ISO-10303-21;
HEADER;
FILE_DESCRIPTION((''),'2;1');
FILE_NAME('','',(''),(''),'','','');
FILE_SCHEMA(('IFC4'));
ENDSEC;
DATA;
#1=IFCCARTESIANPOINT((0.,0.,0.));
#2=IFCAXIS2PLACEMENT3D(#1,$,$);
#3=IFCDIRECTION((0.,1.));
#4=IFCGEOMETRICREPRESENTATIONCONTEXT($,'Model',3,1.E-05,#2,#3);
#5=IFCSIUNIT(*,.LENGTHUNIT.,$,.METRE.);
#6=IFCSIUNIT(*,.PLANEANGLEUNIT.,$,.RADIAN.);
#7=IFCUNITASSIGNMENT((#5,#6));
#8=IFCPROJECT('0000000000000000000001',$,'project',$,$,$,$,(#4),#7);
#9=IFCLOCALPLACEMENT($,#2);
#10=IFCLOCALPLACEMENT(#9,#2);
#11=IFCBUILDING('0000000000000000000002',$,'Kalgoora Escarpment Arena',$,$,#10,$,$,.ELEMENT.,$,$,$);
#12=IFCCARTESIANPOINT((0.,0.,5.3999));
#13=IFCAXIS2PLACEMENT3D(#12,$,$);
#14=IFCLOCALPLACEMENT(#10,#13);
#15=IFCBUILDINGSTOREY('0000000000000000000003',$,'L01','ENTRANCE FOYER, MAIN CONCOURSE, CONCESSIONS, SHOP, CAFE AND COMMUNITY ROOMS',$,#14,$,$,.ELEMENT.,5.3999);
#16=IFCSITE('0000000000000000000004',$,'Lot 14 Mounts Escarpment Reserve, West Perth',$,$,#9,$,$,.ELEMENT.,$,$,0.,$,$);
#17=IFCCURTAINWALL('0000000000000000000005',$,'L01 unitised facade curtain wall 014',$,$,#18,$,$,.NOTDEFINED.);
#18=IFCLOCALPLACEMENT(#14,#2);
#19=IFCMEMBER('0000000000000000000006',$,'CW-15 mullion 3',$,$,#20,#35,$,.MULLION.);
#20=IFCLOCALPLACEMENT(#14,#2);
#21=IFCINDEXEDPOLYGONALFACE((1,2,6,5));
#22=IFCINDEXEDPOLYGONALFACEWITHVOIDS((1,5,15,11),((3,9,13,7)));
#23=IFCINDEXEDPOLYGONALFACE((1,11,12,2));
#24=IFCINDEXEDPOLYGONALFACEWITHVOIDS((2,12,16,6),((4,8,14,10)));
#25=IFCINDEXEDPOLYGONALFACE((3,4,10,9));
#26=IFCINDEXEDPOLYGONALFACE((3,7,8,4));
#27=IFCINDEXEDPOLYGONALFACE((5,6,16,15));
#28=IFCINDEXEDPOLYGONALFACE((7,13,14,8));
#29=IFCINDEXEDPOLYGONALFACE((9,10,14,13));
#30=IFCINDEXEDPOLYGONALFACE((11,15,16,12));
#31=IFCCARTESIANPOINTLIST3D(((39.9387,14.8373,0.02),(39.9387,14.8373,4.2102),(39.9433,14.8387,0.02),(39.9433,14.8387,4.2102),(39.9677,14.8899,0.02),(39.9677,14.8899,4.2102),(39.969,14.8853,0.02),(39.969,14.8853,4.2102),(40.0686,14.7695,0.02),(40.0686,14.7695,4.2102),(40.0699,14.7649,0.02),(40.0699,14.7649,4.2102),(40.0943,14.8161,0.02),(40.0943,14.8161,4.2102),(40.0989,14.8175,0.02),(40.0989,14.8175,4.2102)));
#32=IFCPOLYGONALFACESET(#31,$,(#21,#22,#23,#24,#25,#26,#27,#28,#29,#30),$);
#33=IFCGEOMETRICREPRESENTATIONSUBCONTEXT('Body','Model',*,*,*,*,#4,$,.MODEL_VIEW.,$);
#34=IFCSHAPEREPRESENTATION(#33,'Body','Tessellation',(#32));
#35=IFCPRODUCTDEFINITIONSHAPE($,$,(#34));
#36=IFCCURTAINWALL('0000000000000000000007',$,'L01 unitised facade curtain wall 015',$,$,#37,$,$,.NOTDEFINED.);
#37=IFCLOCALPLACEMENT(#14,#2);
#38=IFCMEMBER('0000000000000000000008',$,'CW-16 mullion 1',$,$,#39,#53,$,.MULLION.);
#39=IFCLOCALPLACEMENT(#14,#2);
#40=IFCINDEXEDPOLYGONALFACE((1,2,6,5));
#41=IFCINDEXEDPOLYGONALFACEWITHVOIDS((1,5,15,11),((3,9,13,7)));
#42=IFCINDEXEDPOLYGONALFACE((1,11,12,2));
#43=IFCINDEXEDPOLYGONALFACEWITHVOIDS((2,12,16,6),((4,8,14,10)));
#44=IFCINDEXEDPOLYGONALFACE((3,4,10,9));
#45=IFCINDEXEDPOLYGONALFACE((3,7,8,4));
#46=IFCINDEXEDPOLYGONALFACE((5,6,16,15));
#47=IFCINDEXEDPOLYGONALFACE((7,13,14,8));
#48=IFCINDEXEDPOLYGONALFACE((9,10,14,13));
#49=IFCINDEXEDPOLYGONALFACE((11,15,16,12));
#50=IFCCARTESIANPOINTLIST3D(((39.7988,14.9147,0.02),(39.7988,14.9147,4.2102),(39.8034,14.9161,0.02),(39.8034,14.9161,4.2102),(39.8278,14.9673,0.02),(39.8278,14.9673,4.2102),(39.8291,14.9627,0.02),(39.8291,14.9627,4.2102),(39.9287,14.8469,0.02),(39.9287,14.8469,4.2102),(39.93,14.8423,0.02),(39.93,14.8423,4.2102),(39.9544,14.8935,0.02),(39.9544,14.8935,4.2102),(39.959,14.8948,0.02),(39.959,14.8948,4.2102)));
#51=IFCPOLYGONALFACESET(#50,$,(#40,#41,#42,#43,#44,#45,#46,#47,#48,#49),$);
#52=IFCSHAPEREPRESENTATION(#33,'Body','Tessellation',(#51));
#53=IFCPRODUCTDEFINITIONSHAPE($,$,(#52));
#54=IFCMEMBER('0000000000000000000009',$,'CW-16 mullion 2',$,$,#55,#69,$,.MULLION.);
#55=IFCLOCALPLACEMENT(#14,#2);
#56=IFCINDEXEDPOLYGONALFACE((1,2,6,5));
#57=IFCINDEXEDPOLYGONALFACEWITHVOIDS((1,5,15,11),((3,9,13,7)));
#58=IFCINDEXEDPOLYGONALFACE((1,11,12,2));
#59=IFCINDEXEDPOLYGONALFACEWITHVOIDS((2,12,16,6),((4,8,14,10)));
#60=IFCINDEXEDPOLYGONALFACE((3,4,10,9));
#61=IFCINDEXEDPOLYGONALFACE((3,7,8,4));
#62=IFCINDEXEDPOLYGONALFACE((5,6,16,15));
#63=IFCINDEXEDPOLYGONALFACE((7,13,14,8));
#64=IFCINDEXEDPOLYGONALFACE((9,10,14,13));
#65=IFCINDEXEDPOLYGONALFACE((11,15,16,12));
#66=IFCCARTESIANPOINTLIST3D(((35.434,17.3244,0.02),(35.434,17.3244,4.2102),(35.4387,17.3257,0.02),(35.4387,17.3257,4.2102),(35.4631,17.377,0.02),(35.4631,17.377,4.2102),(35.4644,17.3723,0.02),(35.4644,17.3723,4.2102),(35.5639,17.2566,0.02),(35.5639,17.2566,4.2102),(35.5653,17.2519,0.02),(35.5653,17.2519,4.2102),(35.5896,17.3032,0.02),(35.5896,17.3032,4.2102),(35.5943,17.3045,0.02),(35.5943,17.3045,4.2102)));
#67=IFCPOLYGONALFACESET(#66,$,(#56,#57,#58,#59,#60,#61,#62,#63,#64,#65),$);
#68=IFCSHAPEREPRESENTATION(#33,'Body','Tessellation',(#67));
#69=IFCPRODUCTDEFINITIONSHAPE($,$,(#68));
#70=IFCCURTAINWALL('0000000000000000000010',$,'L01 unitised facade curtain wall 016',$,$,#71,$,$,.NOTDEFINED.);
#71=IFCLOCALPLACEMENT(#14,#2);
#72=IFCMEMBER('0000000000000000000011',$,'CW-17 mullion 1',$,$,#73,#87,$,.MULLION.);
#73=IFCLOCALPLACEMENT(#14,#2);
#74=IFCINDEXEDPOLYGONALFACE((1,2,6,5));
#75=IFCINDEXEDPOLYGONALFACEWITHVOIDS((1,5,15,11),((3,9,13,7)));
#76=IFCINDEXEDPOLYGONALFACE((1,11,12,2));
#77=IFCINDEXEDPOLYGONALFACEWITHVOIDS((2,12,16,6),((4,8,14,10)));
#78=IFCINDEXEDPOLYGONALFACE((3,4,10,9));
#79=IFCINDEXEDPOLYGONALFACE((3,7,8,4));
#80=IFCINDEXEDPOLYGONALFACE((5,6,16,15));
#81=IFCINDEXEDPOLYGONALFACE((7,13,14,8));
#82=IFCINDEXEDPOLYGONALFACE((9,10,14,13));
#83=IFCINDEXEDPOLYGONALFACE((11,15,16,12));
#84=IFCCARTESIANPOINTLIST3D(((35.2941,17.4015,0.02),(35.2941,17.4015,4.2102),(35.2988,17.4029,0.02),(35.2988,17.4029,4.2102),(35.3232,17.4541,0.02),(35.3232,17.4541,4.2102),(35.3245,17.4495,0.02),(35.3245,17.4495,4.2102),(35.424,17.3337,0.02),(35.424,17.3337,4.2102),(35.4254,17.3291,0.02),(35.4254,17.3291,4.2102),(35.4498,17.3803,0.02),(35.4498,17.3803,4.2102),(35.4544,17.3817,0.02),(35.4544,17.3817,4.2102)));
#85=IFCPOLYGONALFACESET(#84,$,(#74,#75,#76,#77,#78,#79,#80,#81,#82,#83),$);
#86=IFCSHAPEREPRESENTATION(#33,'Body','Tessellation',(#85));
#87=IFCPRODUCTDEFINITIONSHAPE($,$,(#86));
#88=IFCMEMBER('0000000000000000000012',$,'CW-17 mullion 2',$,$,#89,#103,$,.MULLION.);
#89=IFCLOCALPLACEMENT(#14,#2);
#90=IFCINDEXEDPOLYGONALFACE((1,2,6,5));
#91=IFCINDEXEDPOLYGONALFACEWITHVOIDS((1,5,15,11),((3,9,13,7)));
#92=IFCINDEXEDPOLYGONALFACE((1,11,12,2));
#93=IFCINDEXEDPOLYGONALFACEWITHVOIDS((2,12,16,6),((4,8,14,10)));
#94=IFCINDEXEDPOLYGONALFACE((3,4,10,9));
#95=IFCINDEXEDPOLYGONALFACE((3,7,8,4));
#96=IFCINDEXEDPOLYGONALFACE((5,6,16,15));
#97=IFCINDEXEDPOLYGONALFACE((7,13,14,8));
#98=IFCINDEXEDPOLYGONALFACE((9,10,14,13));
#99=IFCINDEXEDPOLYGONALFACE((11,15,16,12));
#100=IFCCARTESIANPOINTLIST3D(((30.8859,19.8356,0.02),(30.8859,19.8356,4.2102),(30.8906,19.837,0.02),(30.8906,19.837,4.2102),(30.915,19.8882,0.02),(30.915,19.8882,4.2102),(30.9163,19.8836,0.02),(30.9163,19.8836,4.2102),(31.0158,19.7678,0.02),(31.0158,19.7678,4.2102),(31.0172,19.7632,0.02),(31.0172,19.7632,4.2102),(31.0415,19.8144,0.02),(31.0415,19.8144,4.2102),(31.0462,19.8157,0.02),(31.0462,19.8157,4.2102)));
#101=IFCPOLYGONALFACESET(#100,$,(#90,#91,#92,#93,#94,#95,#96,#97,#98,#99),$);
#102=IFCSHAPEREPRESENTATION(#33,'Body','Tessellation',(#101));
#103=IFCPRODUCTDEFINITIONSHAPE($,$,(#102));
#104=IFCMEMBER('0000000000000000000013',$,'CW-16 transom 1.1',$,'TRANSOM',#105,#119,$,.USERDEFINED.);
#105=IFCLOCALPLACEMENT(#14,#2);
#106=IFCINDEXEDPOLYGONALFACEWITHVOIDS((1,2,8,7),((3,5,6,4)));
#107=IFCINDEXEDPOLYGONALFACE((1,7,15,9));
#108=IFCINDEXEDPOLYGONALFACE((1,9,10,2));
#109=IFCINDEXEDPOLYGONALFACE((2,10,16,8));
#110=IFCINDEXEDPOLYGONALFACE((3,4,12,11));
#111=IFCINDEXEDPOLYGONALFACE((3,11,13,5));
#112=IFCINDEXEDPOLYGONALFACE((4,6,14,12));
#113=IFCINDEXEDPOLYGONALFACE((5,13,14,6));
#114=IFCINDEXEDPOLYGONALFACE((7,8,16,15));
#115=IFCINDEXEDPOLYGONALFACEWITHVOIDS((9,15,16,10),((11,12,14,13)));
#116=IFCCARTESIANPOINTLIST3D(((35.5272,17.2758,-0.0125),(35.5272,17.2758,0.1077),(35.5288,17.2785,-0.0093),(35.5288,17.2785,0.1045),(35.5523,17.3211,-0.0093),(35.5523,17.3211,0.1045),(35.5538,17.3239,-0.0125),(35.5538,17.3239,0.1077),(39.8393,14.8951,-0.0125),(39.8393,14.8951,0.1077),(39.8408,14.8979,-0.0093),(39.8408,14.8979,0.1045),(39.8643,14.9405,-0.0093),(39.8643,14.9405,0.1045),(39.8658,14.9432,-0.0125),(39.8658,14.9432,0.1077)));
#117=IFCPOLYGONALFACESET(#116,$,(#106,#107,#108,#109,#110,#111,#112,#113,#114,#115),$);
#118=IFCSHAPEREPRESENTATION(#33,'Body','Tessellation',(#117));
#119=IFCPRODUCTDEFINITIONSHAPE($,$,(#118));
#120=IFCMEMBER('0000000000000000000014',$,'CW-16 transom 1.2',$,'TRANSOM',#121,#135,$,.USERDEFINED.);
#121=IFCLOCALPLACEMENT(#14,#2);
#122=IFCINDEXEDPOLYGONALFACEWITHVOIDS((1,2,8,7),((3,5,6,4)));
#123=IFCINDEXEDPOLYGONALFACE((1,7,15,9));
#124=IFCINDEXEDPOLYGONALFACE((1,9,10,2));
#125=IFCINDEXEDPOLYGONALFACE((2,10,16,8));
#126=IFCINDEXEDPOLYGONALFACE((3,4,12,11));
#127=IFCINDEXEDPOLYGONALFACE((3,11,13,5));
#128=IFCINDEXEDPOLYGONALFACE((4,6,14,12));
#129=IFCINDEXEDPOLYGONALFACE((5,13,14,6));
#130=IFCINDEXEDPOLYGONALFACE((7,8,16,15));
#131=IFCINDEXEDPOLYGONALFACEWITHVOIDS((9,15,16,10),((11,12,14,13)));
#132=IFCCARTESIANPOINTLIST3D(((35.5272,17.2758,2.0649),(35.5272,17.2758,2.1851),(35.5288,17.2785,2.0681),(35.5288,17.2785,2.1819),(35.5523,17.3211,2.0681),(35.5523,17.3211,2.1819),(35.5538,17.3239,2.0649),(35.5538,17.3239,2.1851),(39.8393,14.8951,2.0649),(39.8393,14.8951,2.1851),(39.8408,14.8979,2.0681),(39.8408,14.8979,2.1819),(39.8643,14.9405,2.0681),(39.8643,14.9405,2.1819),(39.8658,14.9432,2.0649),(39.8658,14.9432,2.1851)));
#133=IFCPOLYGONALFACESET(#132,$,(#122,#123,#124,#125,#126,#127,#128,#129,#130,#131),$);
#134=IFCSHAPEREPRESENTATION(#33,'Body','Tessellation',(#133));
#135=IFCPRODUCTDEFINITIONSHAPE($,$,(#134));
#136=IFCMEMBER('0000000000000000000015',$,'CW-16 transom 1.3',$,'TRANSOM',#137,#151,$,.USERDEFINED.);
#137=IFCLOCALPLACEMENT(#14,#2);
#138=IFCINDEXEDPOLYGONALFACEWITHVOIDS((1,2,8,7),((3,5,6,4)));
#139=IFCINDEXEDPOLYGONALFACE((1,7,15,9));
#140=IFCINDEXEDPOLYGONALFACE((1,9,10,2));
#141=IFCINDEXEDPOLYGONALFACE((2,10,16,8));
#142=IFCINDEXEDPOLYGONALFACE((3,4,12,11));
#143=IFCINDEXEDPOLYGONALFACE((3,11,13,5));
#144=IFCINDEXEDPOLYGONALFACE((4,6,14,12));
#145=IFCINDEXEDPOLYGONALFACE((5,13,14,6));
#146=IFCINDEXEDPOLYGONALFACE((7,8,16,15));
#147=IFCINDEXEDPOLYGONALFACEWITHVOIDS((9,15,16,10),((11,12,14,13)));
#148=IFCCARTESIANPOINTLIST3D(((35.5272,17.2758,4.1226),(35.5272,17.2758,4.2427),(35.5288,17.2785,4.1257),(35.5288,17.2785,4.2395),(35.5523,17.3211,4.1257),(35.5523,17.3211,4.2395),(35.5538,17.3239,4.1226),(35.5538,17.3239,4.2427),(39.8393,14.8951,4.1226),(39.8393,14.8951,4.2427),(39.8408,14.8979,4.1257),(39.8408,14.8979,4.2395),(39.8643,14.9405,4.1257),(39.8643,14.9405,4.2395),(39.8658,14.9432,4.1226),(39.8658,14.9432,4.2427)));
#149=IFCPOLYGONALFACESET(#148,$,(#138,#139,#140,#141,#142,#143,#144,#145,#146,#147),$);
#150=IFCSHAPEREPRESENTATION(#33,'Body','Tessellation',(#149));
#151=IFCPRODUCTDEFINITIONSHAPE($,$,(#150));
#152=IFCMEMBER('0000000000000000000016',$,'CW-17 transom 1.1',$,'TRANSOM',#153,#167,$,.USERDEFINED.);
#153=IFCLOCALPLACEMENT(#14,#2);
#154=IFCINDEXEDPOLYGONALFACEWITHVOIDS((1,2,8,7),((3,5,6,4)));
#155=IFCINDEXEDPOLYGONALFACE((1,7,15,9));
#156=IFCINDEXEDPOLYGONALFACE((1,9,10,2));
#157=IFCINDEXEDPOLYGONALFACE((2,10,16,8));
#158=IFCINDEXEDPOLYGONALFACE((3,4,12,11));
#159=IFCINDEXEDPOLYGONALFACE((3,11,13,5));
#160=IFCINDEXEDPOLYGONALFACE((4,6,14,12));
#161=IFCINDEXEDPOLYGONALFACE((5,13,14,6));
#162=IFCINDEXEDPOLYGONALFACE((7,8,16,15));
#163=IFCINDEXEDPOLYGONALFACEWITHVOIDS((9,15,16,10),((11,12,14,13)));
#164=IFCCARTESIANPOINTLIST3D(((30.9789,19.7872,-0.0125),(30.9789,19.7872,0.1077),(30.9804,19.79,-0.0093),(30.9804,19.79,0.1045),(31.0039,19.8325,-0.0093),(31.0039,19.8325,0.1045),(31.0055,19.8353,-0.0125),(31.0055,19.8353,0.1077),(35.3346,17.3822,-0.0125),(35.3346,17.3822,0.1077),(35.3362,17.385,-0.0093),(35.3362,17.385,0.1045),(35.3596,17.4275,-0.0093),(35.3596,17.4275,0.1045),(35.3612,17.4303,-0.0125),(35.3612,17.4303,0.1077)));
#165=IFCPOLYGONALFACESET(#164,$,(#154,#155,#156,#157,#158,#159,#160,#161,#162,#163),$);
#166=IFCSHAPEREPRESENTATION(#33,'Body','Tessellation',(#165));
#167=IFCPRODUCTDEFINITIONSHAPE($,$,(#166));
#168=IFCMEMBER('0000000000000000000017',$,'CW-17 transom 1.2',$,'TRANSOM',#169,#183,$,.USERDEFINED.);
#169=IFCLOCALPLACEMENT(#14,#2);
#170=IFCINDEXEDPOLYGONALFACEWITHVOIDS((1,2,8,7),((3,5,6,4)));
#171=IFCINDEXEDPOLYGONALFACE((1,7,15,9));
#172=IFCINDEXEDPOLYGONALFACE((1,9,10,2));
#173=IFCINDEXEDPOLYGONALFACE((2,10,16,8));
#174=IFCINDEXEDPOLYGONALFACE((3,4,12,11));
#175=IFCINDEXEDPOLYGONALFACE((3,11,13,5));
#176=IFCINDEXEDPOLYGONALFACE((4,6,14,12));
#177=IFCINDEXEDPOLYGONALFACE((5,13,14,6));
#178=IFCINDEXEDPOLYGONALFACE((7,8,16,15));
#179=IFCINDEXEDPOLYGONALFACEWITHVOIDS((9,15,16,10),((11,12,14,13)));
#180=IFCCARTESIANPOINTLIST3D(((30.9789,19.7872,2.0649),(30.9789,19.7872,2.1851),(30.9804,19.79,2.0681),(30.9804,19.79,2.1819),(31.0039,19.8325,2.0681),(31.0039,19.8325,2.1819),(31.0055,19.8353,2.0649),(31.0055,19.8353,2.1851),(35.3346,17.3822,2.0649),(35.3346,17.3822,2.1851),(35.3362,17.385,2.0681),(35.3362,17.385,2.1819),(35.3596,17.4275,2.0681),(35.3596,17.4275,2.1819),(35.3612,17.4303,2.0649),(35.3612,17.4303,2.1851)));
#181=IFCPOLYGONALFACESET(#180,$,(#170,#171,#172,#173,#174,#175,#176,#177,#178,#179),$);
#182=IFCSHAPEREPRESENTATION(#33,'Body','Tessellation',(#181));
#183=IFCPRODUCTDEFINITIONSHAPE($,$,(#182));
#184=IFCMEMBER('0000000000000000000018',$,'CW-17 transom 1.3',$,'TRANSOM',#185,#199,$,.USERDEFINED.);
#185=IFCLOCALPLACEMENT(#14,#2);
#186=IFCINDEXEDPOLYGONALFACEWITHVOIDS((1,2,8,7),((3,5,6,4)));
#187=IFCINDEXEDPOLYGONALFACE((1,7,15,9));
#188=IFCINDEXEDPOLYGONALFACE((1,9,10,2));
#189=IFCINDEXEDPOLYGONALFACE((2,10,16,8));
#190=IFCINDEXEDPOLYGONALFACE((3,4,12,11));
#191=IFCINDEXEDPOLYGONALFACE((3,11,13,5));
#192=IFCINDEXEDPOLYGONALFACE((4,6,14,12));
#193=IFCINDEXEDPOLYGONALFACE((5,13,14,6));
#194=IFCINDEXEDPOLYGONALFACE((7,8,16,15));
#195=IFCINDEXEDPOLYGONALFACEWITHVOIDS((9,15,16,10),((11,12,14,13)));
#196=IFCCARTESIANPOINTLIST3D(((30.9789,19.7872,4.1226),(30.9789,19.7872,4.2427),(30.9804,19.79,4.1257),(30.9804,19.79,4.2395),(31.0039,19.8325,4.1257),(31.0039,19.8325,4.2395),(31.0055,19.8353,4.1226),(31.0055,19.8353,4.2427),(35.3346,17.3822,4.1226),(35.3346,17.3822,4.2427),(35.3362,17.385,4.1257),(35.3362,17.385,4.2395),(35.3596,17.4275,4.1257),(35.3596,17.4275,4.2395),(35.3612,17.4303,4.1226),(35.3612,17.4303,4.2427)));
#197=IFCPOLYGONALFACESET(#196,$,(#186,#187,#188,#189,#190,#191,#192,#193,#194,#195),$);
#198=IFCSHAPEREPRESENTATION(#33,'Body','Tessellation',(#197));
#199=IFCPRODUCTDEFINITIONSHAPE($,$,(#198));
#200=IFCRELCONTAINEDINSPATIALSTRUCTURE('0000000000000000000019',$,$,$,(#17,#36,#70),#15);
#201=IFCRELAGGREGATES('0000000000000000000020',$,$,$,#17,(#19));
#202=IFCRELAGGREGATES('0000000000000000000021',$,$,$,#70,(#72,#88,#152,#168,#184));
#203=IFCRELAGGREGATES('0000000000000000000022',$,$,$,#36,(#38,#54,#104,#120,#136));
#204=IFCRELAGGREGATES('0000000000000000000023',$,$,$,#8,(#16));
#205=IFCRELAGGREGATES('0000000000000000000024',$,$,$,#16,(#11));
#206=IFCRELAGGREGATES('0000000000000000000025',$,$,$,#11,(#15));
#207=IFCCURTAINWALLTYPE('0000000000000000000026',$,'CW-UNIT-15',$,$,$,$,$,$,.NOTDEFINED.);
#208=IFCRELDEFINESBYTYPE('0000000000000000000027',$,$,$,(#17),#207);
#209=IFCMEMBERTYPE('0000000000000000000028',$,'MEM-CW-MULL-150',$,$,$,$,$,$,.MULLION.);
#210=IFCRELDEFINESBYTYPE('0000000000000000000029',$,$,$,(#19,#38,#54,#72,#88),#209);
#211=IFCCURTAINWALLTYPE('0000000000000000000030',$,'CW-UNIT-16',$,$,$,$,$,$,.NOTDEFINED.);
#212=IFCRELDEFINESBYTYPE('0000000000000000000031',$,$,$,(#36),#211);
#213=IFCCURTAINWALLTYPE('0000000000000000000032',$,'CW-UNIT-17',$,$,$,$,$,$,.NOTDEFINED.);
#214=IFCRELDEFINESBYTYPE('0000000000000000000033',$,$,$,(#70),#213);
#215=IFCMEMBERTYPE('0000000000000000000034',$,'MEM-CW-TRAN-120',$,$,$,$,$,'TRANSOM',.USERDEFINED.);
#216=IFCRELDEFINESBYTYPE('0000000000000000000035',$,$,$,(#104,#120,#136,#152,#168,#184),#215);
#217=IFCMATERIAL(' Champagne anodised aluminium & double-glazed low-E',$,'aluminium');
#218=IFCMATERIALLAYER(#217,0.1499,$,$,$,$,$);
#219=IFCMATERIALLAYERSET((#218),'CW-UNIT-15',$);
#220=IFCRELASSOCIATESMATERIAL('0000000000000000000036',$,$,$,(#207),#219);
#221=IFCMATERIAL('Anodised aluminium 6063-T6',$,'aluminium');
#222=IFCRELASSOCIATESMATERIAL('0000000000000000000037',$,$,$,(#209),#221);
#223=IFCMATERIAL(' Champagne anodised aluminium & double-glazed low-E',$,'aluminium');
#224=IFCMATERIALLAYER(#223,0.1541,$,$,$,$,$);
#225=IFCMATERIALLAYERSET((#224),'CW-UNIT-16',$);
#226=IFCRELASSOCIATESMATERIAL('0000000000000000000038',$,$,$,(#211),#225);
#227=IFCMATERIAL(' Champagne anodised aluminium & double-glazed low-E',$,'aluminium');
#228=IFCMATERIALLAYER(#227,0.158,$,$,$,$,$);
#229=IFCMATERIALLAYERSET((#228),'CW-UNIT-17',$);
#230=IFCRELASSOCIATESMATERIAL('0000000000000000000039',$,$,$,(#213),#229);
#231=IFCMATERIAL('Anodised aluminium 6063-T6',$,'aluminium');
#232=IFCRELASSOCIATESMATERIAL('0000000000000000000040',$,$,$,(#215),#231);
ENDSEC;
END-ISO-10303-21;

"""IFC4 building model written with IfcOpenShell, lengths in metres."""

from ifc_helpers import new_model, si_unit, direction, frame, origin, origin_2d, place, context, subcontext, project, spatial, hollow_rectangle, extrude, material, layer, layer_set, material_profile, profile_set, type_object, element, aggregate, save


model = new_model("IFC4")

# Units and contexts
model_context = context("Model", 3, precision=1e-05, world=origin(), true_north=direction((0.0, 1.0)))
body_context = subcontext(model_context, "Body", "Model", "MODEL_VIEW")
ifc_project = project(units=[si_unit("LENGTHUNIT", "METRE"), si_unit("PLANEANGLEUNIT", "RADIAN")], contexts=[model_context])

# Site, building, storey
site_placement = place(None, origin())
site = spatial("IfcSite", under=ifc_project, at=site_placement, Name="Lot 14 Mounts Escarpment Reserve, West Perth", CompositionType="ELEMENT", RefElevation=0.0)
building_placement = place(site_placement, origin())
building = spatial("IfcBuilding", under=site, at=building_placement, Name="Kalgoora Escarpment Arena", CompositionType="ELEMENT")
storey_placement = place(building_placement, frame((0.0, 0.0, 5.3999)))
storey = spatial("IfcBuildingStorey", under=building, at=storey_placement, Name="L01", Description="ENTRANCE FOYER, MAIN CONCOURSE, CONCESSIONS, SHOP, CAFE AND COMMUNITY ROOMS", CompositionType="ELEMENT", Elevation=5.3999)

# Curtain wall, member
ifc_material_1 = material(Name=" Champagne anodised aluminium & double-glazed low-E", Category="aluminium")
ifc_layer_1 = layer(ifc_material_1, 0.1499)
ifc_layer_set_1 = layer_set([ifc_layer_1], Name="CW-UNIT-15")
curtain_wall_type_1 = type_object("IfcCurtainWallType", Name="CW-UNIT-15", PredefinedType="NOTDEFINED", material=ifc_layer_set_1)
curtain_wall_1_placement = place(storey_placement, origin())
curtain_wall_1 = element("IfcCurtainWall", 1, at=curtain_wall_1_placement, inside=storey, type_object=curtain_wall_type_1, Name="L01 unitised facade curtain wall 014", PredefinedType="NOTDEFINED")
ifc_material_2 = material(Name="Anodised aluminium 6063-T6", Category="aluminium")
ifc_material_profile_1 = material_profile(ifc_material_2, hollow_rectangle(XDim=0.0601, YDim=0.1499, WallThickness=0.0034, at=origin_2d()))
ifc_profile_set_1 = profile_set([ifc_material_profile_1], Name="Anodised aluminium 6063-T6")
member_type_1 = type_object("IfcMemberType", Name="MEM-CW-MULL-150", PredefinedType="MULLION", material=ifc_profile_set_1)
member_1_placement = place(storey_placement, frame((40.0188, 14.8274, 0.02), z_axis=(0.0, 0.0, 1.0), x_axis=(-0.483332, -0.875437, 0.0)))
member_1 = element("IfcMember", 2, at=member_1_placement, type_object=member_type_1, Name="CW-15 mullion 3", PredefinedType="MULLION", context=body_context, shape_type="SweptSolid", body=[
    extrude(hollow_rectangle(XDim=0.0601, YDim=0.1499, WallThickness=0.0034, at=origin_2d()), origin(), (0.0, 0.0, 1.0), 4.1902),
])

# Curtain walls, members
ifc_material_3 = material(Name=" Champagne anodised aluminium & double-glazed low-E", Category="aluminium")
ifc_layer_2 = layer(ifc_material_3, 0.1541)
ifc_layer_set_2 = layer_set([ifc_layer_2], Name="CW-UNIT-16")
curtain_wall_type_2 = type_object("IfcCurtainWallType", Name="CW-UNIT-16", PredefinedType="NOTDEFINED", material=ifc_layer_set_2)
curtain_wall_2_placement = place(storey_placement, origin())
curtain_wall_2 = element("IfcCurtainWall", 3, at=curtain_wall_2_placement, inside=storey, type_object=curtain_wall_type_2, Name="L01 unitised facade curtain wall 015", PredefinedType="NOTDEFINED")
member_2_placement = place(storey_placement, frame((39.8789, 14.9048, 0.02), z_axis=(0.0, 0.0, 1.0), x_axis=(-0.483332, -0.875437, 0.0)))
member_2 = element("IfcMember", 4, at=member_2_placement, type_object=member_type_1, Name="CW-16 mullion 1", PredefinedType="MULLION", context=body_context, shape_type="SweptSolid", body=[
    extrude(hollow_rectangle(XDim=0.0601, YDim=0.1499, WallThickness=0.0034, at=origin_2d()), origin(), (0.0, 0.0, 1.0), 4.1902),
])
member_3_placement = place(storey_placement, frame((35.5142, 17.3145, 0.02), z_axis=(0.0, 0.0, 1.0), x_axis=(-0.483332, -0.875437, 0.0)))
member_3 = element("IfcMember", 5, at=member_3_placement, type_object=member_type_1, Name="CW-16 mullion 2", PredefinedType="MULLION", context=body_context, shape_type="SweptSolid", body=[
    extrude(hollow_rectangle(XDim=0.0601, YDim=0.1499, WallThickness=0.0034, at=origin_2d()), origin(), (0.0, 0.0, 1.0), 4.1902),
])
ifc_material_4 = material(Name=" Champagne anodised aluminium & double-glazed low-E", Category="aluminium")
ifc_layer_3 = layer(ifc_material_4, 0.158)
ifc_layer_set_3 = layer_set([ifc_layer_3], Name="CW-UNIT-17")
curtain_wall_type_3 = type_object("IfcCurtainWallType", Name="CW-UNIT-17", PredefinedType="NOTDEFINED", material=ifc_layer_set_3)
curtain_wall_3_placement = place(storey_placement, origin())
curtain_wall_3 = element("IfcCurtainWall", 6, at=curtain_wall_3_placement, inside=storey, type_object=curtain_wall_type_3, Name="L01 unitised facade curtain wall 016", PredefinedType="NOTDEFINED")
member_4_placement = place(storey_placement, frame((35.3743, 17.3916, 0.02), z_axis=(0.0, 0.0, 1.0), x_axis=(-0.483359, -0.875423, 0.0)))
member_4 = element("IfcMember", 7, at=member_4_placement, type_object=member_type_1, Name="CW-17 mullion 1", PredefinedType="MULLION", context=body_context, shape_type="SweptSolid", body=[
    extrude(hollow_rectangle(XDim=0.0601, YDim=0.1499, WallThickness=0.0034, at=origin_2d()), origin(), (0.0, 0.0, 1.0), 4.1902),
])
member_5_placement = place(storey_placement, frame((30.9661, 19.8257, 0.02), z_axis=(0.0, 0.0, 1.0), x_axis=(-0.483359, -0.875423, 0.0)))
member_5 = element("IfcMember", 8, at=member_5_placement, type_object=member_type_1, Name="CW-17 mullion 2", PredefinedType="MULLION", context=body_context, shape_type="SweptSolid", body=[
    extrude(hollow_rectangle(XDim=0.0601, YDim=0.1499, WallThickness=0.0034, at=origin_2d()), origin(), (0.0, 0.0, 1.0), 4.1902),
])

# Members
ifc_material_5 = material(Name="Anodised aluminium 6063-T6", Category="aluminium")
ifc_material_profile_2 = material_profile(ifc_material_5, hollow_rectangle(XDim=0.0549, YDim=0.1201, WallThickness=0.0032, at=origin_2d()))
ifc_profile_set_2 = profile_set([ifc_material_profile_2], Name="Anodised aluminium 6063-T6")
member_type_2 = type_object("IfcMemberType", Name="MEM-CW-TRAN-120", ElementType="TRANSOM", PredefinedType="USERDEFINED", material=ifc_profile_set_2)
member_6_placement = place(storey_placement, frame((39.8525, 14.9192, 0.0476), z_axis=(-0.875442, 0.483322, 0.0), x_axis=(-0.483322, -0.875442, 0.0)))
member_6 = element("IfcMember", 9, at=member_6_placement, type_object=member_type_2, Name="CW-16 transom 1.1", ObjectType="TRANSOM", PredefinedType="USERDEFINED", context=body_context, shape_type="SweptSolid", body=[
    extrude(hollow_rectangle(XDim=0.0549, YDim=0.1201, WallThickness=0.0032, at=origin_2d()), origin(), (0.0, 0.0, 1.0), 4.9255),
])
member_7_placement = place(storey_placement, frame((39.8525, 14.9192, 2.125), z_axis=(-0.875442, 0.483322, 0.0), x_axis=(-0.483322, -0.875442, 0.0)))
member_7 = element("IfcMember", 10, at=member_7_placement, type_object=member_type_2, Name="CW-16 transom 1.2", ObjectType="TRANSOM", PredefinedType="USERDEFINED", context=body_context, shape_type="SweptSolid", body=[
    extrude(hollow_rectangle(XDim=0.0549, YDim=0.1201, WallThickness=0.0032, at=origin_2d()), origin(), (0.0, 0.0, 1.0), 4.9255),
])
member_8_placement = place(storey_placement, frame((39.8525, 14.9192, 4.1826), z_axis=(-0.875442, 0.483322, 0.0), x_axis=(-0.483322, -0.875442, 0.0)))
member_8 = element("IfcMember", 11, at=member_8_placement, type_object=member_type_2, Name="CW-16 transom 1.3", ObjectType="TRANSOM", PredefinedType="USERDEFINED", context=body_context, shape_type="SweptSolid", body=[
    extrude(hollow_rectangle(XDim=0.0549, YDim=0.1201, WallThickness=0.0032, at=origin_2d()), origin(), (0.0, 0.0, 1.0), 4.9255),
])
member_9_placement = place(storey_placement, frame((35.3479, 17.4062, 0.0476), z_axis=(-0.875418, 0.483367, 0.0), x_axis=(-0.483367, -0.875418, 0.0)))
member_9 = element("IfcMember", 12, at=member_9_placement, type_object=member_type_2, Name="CW-17 transom 1.1", ObjectType="TRANSOM", PredefinedType="USERDEFINED", context=body_context, shape_type="SweptSolid", body=[
    extrude(hollow_rectangle(XDim=0.0549, YDim=0.1201, WallThickness=0.0032, at=origin_2d()), origin(), (0.0, 0.0, 1.0), 4.9756),
])
member_10_placement = place(storey_placement, frame((35.3479, 17.4062, 2.125), z_axis=(-0.875418, 0.483367, 0.0), x_axis=(-0.483367, -0.875418, 0.0)))
member_10 = element("IfcMember", 13, at=member_10_placement, type_object=member_type_2, Name="CW-17 transom 1.2", ObjectType="TRANSOM", PredefinedType="USERDEFINED", context=body_context, shape_type="SweptSolid", body=[
    extrude(hollow_rectangle(XDim=0.0549, YDim=0.1201, WallThickness=0.0032, at=origin_2d()), origin(), (0.0, 0.0, 1.0), 4.9756),
])
member_11_placement = place(storey_placement, frame((35.3479, 17.4062, 4.1826), z_axis=(-0.875418, 0.483367, 0.0), x_axis=(-0.483367, -0.875418, 0.0)))
member_11 = element("IfcMember", 14, at=member_11_placement, type_object=member_type_2, Name="CW-17 transom 1.3", ObjectType="TRANSOM", PredefinedType="USERDEFINED", context=body_context, shape_type="SweptSolid", body=[
    extrude(hollow_rectangle(XDim=0.0549, YDim=0.1201, WallThickness=0.0032, at=origin_2d()), origin(), (0.0, 0.0, 1.0), 4.9756),
])

aggregate(curtain_wall_1, [member_1])
aggregate(curtain_wall_3, [member_4, member_5, member_9, member_10, member_11])
aggregate(curtain_wall_2, [member_2, member_3, member_6, member_7, member_8])

save(model, "model.ifc")
